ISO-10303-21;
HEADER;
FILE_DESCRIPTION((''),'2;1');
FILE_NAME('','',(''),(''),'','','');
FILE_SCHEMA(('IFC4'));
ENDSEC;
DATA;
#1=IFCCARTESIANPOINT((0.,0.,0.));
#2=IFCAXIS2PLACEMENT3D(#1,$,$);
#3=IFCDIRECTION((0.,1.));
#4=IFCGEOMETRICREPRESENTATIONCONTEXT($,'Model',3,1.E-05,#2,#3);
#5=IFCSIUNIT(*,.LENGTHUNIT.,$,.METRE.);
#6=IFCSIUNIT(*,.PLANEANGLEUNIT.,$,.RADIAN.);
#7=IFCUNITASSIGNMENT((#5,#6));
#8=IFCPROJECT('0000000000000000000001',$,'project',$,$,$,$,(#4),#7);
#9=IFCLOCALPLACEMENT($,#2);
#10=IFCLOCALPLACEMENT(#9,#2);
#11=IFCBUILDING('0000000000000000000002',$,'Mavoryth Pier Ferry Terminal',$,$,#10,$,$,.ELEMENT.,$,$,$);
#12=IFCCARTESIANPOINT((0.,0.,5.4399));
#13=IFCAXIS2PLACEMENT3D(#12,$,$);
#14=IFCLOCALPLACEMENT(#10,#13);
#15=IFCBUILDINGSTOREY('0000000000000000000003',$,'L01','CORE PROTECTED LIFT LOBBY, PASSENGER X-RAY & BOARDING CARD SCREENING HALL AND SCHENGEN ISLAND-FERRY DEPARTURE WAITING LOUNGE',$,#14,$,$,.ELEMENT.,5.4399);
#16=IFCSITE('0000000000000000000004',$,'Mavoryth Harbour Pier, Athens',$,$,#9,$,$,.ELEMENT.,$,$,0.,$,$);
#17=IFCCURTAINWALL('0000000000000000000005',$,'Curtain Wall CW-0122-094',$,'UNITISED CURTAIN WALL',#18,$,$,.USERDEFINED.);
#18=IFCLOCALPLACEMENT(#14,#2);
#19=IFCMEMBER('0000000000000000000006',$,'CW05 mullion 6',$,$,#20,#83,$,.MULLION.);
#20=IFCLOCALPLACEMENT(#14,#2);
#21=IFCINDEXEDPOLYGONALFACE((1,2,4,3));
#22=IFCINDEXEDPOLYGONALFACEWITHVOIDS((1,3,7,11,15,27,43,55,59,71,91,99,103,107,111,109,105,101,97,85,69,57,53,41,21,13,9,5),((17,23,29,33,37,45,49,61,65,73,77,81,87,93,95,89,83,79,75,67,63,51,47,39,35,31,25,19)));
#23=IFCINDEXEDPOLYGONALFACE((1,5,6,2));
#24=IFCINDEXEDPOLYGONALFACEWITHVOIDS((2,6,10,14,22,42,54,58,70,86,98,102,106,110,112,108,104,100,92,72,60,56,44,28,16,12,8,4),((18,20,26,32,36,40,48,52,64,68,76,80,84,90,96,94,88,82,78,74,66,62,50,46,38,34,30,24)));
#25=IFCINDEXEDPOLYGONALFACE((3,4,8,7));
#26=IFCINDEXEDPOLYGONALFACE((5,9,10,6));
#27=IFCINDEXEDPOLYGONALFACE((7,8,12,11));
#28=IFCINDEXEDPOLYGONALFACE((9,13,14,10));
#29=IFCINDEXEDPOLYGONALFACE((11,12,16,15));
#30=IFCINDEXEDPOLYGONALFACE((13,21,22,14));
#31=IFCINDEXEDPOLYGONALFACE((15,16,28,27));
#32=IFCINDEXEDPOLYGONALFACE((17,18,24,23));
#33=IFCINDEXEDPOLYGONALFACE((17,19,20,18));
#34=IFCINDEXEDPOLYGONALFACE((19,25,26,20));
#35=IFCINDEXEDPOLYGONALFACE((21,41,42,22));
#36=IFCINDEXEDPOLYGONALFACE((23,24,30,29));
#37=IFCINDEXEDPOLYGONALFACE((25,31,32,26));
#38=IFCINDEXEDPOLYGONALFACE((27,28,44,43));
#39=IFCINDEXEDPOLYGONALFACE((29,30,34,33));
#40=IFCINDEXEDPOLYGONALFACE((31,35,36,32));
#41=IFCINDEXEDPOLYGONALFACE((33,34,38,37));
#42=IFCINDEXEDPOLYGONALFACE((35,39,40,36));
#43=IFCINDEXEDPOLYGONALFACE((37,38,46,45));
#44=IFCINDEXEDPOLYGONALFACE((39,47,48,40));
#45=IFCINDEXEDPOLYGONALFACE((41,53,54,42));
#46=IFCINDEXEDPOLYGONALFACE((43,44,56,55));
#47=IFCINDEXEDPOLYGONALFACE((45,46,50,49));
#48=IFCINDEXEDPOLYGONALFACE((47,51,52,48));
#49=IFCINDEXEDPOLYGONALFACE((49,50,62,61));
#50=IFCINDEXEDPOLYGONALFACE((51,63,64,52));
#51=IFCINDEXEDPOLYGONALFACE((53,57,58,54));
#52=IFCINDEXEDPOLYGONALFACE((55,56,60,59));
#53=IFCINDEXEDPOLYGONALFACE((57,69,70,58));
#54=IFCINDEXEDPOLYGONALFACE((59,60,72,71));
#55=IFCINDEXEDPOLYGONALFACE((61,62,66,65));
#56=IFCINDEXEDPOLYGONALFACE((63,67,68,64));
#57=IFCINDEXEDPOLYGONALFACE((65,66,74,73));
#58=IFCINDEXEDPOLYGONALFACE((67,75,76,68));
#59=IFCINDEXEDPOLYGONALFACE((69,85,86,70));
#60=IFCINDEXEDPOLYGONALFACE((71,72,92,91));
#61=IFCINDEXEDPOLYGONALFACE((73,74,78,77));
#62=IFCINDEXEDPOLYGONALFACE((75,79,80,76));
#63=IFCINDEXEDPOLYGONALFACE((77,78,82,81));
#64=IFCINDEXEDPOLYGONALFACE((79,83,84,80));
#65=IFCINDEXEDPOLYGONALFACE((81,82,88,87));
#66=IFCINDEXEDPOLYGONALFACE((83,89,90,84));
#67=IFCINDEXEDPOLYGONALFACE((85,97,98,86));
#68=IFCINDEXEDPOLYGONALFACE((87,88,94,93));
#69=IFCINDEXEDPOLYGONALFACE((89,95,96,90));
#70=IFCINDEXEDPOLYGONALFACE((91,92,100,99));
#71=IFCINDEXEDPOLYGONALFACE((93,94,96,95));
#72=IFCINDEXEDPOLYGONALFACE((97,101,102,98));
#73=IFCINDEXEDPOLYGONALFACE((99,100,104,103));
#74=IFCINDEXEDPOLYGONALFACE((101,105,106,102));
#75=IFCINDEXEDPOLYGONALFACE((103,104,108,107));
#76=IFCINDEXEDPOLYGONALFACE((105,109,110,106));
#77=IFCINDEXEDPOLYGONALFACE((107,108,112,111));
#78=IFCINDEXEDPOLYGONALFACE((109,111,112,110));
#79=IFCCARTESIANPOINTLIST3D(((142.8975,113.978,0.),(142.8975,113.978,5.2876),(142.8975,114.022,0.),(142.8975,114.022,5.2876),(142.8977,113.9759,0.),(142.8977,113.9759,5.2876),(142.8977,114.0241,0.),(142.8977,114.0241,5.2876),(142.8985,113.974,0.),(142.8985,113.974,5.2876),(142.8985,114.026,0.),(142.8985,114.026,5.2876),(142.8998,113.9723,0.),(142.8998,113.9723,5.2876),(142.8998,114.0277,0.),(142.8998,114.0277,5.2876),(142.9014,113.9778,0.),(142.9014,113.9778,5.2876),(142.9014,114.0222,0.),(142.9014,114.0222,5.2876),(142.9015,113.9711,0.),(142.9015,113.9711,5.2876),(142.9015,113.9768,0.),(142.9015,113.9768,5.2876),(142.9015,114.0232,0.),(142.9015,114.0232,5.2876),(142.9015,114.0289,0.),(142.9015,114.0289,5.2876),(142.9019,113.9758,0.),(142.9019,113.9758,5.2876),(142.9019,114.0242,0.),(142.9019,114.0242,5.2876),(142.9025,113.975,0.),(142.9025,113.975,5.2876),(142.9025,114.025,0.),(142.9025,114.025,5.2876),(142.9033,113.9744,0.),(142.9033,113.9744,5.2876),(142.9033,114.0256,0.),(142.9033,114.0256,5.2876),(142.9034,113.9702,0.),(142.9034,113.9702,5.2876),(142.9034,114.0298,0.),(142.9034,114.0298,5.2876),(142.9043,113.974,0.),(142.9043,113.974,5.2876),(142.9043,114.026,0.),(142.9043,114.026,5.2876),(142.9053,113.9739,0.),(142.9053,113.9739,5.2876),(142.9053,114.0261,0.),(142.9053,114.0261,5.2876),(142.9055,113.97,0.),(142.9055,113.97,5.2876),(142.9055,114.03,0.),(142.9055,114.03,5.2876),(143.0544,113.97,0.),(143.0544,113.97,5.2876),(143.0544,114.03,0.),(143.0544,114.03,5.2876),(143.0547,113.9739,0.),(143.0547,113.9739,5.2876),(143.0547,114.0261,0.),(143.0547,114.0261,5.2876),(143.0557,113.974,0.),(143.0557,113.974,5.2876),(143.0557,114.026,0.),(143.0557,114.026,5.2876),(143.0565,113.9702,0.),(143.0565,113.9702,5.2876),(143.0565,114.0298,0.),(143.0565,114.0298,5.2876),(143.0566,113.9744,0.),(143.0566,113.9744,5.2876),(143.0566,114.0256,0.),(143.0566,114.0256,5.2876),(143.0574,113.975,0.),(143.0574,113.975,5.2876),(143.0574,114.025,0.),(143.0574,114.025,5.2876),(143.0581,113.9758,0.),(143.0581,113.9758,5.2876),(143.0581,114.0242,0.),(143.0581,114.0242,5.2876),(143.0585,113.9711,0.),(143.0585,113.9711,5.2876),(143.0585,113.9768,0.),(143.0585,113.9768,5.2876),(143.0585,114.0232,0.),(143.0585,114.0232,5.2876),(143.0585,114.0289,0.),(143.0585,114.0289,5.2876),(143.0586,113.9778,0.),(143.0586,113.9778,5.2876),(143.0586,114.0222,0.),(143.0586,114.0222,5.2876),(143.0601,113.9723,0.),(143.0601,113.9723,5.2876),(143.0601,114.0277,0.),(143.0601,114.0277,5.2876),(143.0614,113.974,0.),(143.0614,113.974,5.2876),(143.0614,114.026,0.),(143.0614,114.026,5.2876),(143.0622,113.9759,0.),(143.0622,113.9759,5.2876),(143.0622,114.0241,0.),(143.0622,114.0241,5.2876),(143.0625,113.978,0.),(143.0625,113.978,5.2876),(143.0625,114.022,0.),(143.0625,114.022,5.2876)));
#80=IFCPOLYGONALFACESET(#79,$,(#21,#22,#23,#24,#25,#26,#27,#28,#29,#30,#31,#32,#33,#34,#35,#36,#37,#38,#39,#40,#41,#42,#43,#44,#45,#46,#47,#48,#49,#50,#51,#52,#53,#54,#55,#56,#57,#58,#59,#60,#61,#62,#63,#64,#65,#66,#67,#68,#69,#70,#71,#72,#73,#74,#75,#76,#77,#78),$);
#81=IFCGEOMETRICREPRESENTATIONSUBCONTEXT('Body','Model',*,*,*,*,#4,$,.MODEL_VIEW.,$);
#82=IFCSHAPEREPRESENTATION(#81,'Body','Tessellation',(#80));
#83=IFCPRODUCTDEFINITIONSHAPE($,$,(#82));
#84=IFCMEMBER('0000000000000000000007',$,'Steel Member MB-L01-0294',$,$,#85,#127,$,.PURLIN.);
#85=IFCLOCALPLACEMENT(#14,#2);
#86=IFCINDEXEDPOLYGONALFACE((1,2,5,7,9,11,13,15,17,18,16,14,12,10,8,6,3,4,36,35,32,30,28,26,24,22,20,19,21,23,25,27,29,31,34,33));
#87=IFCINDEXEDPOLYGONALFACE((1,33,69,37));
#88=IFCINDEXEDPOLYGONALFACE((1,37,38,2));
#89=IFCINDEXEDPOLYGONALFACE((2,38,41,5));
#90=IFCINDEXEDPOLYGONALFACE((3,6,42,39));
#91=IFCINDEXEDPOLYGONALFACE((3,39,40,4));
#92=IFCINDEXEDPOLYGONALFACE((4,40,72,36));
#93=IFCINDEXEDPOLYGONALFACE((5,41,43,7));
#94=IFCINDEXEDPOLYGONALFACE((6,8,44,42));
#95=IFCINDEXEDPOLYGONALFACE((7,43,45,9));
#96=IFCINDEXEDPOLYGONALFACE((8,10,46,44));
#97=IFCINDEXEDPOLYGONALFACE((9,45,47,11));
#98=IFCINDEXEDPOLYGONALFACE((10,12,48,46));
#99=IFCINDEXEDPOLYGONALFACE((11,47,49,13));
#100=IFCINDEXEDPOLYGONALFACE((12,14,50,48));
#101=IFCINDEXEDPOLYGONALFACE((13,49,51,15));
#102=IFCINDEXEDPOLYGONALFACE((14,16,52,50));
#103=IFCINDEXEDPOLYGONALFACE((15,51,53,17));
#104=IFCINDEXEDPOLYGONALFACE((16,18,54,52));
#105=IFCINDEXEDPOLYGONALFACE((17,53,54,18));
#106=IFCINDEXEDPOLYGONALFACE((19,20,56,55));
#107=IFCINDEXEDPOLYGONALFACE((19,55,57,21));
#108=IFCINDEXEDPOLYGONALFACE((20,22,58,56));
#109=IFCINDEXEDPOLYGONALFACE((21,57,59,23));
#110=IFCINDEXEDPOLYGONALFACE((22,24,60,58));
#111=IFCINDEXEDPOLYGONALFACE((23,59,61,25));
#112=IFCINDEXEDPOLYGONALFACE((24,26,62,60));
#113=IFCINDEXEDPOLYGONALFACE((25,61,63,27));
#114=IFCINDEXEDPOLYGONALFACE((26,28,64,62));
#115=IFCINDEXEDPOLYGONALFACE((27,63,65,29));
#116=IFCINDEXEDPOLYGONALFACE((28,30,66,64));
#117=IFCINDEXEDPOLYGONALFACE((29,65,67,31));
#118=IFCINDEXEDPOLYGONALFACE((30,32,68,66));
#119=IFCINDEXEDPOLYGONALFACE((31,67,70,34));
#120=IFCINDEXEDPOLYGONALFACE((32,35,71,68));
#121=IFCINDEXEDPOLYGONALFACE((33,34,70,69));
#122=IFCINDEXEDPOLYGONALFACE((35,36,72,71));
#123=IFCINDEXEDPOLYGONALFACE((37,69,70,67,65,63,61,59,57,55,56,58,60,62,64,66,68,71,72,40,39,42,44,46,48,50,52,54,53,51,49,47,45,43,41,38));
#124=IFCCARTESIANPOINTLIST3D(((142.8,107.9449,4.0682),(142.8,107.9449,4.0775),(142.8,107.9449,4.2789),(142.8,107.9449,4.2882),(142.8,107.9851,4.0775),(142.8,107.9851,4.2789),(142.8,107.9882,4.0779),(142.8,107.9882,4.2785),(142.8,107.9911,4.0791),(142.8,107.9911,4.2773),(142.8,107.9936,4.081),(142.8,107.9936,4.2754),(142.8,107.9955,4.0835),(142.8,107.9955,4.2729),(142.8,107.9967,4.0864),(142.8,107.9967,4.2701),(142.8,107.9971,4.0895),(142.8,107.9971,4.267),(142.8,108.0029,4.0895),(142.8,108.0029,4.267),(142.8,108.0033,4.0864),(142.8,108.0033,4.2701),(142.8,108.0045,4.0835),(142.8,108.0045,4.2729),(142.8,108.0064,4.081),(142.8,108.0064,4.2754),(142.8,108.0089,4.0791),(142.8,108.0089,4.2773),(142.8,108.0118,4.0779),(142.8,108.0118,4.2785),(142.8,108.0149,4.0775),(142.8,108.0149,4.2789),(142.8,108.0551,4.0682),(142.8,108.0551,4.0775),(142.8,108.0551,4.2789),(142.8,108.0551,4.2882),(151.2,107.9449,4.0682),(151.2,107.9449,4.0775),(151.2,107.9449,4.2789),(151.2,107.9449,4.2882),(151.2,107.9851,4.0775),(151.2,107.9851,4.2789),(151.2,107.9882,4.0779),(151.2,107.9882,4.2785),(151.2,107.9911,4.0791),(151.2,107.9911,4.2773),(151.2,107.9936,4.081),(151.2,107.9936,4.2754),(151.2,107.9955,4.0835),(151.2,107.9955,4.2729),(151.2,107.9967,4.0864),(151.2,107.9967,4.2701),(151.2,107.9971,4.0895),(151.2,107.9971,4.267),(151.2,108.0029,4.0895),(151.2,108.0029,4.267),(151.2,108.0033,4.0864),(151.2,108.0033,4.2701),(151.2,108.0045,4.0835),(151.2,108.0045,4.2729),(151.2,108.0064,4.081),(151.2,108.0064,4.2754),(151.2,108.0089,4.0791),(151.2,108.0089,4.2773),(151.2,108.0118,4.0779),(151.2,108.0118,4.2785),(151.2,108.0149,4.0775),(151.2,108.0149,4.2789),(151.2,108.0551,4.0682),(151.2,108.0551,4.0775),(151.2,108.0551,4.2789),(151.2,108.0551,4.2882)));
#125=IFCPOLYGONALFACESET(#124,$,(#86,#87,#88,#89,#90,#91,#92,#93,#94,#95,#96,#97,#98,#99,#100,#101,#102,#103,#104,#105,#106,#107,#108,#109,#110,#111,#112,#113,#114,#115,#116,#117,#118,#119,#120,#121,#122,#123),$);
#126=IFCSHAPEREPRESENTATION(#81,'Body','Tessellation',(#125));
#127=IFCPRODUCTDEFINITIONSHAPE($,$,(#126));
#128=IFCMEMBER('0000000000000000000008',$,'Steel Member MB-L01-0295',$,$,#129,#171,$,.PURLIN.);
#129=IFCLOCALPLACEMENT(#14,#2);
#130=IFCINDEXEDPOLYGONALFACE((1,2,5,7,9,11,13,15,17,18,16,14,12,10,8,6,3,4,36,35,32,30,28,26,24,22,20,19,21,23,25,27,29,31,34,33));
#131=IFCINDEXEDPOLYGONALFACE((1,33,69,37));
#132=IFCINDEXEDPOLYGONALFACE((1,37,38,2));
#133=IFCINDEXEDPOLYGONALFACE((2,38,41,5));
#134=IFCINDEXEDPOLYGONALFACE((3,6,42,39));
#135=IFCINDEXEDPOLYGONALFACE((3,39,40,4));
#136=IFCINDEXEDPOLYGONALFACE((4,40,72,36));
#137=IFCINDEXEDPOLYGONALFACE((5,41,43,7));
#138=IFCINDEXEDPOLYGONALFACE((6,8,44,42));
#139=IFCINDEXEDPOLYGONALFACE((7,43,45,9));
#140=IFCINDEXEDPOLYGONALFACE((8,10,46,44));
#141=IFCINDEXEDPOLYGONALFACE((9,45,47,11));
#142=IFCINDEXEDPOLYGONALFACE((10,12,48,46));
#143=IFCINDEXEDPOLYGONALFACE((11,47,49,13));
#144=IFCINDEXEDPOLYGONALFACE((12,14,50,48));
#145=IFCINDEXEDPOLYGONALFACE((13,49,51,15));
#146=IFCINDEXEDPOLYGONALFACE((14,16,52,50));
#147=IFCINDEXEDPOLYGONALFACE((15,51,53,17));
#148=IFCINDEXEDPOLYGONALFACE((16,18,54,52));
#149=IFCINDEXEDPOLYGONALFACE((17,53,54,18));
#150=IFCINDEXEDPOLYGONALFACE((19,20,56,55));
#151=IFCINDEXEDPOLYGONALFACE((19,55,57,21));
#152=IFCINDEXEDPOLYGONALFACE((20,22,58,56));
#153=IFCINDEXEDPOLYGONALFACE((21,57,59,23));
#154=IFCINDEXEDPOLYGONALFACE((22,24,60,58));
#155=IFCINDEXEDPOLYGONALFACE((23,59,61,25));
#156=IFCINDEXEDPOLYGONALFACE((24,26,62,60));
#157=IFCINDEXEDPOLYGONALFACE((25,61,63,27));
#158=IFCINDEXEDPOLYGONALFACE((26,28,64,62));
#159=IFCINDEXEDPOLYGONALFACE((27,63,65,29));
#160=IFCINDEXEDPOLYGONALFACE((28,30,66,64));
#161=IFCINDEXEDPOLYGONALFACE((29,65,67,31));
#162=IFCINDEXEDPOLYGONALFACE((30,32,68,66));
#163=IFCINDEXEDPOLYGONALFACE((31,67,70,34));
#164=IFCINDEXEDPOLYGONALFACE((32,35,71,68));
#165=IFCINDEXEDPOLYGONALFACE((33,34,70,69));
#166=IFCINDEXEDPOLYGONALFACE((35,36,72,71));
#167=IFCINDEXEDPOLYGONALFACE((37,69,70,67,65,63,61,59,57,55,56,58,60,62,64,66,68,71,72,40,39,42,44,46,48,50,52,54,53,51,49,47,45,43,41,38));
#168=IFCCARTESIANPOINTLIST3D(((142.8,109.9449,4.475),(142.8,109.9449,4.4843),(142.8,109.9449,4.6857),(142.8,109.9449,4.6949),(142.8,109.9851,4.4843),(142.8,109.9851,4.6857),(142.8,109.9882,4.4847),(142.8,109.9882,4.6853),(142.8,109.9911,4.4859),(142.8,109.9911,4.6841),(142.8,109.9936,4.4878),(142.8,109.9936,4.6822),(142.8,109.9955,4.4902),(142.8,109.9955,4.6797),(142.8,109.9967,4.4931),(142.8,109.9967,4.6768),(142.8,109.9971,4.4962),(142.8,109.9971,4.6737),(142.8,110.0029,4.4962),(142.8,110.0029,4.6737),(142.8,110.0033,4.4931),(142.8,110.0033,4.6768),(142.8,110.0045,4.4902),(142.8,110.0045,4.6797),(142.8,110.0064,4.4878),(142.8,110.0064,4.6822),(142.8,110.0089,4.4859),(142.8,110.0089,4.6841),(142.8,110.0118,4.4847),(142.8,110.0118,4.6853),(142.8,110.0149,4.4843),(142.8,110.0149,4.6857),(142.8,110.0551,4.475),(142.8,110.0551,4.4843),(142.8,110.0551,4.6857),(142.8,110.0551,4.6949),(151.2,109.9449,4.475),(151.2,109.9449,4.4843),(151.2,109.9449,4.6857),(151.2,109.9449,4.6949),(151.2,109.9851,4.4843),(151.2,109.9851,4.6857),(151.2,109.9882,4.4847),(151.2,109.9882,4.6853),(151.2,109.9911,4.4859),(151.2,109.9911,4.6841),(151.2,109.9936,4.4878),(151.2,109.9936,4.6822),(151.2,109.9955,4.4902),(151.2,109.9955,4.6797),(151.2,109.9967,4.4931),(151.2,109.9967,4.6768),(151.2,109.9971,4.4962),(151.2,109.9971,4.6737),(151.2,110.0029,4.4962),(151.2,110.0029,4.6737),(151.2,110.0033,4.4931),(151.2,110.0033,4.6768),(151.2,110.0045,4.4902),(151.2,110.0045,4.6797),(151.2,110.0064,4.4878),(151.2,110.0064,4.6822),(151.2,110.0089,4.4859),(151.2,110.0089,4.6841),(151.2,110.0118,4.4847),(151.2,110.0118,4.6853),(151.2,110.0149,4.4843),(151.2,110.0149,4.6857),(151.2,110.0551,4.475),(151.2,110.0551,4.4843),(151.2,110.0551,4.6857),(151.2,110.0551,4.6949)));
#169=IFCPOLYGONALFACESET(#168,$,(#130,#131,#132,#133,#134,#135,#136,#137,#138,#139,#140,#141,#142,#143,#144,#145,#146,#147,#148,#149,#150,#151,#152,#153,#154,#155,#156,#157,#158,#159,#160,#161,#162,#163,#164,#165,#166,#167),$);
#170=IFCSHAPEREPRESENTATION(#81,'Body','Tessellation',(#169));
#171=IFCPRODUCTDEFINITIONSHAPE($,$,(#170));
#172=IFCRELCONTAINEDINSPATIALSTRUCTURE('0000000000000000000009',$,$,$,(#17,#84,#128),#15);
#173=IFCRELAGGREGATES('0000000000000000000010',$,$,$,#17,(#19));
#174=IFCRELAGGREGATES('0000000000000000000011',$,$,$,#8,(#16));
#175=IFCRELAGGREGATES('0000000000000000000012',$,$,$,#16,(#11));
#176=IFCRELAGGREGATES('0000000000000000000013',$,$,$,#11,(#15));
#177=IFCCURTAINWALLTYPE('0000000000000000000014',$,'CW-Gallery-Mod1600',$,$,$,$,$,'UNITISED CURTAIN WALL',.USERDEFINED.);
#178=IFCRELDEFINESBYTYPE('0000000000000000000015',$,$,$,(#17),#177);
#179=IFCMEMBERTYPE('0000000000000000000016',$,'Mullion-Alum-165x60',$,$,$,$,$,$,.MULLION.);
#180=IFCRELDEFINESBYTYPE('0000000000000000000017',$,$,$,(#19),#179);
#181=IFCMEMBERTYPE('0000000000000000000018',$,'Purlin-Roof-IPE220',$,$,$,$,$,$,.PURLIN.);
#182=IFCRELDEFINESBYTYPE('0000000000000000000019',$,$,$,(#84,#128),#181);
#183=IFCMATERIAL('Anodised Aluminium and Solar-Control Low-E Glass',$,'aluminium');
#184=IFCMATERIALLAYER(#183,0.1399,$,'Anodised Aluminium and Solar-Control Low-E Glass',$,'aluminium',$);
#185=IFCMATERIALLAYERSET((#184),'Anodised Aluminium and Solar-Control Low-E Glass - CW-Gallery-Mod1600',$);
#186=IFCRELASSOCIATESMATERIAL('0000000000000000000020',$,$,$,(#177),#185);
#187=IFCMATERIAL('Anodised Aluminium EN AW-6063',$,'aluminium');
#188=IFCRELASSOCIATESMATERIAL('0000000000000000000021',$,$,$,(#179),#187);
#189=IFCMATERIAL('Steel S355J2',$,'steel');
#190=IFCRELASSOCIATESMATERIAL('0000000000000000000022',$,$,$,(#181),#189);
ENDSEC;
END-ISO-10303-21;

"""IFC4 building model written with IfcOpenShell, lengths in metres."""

from ifc_helpers import new_model, si_unit, direction, frame, origin, origin_2d, place, context, subcontext, project, spatial, hollow_rectangle, i_section, extrude, material, layer, layer_set, material_profile, profile_set, type_object, element, aggregate, save


model = new_model("IFC4")

# Units and contexts
model_context = context("Model", 3, precision=1e-05, world=origin(), true_north=direction((0.0, 1.0)))
body_context = subcontext(model_context, "Body", "Model", "MODEL_VIEW")
ifc_project = project(units=[si_unit("LENGTHUNIT", "METRE"), si_unit("PLANEANGLEUNIT", "RADIAN")], contexts=[model_context])

# Site, building, storey
site_placement = place(None, origin())
site = spatial("IfcSite", under=ifc_project, at=site_placement, Name="Mavoryth Harbour Pier, Athens", CompositionType="ELEMENT", RefElevation=0.0)
building_placement = place(site_placement, origin())
building = spatial("IfcBuilding", under=site, at=building_placement, Name="Mavoryth Pier Ferry Terminal", CompositionType="ELEMENT")
storey_placement = place(building_placement, frame((0.0, 0.0, 5.4399)))
storey = spatial("IfcBuildingStorey", under=building, at=storey_placement, Name="L01", Description="CORE PROTECTED LIFT LOBBY, PASSENGER X-RAY & BOARDING CARD SCREENING HALL AND SCHENGEN ISLAND-FERRY DEPARTURE WAITING LOUNGE", CompositionType="ELEMENT", Elevation=5.4399)

# Shared definitions
ifc_material_1 = material(Name="Steel S355J2", Category="steel")

# Curtain wall, member
ifc_material_2 = material(Name="Anodised Aluminium and Solar-Control Low-E Glass", Category="aluminium")
ifc_layer_1 = layer(ifc_material_2, 0.1399, Name="Anodised Aluminium and Solar-Control Low-E Glass", Category="aluminium")
ifc_layer_set_1 = layer_set([ifc_layer_1], Name="Anodised Aluminium and Solar-Control Low-E Glass - CW-Gallery-Mod1600")
curtain_wall_type = type_object("IfcCurtainWallType", Name="CW-Gallery-Mod1600", ElementType="UNITISED CURTAIN WALL", PredefinedType="USERDEFINED", material=ifc_layer_set_1)
curtain_wall_placement = place(storey_placement, origin())
curtain_wall = element("IfcCurtainWall", 1, at=curtain_wall_placement, inside=storey, type_object=curtain_wall_type, Name="Curtain Wall CW-0122-094", ObjectType="UNITISED CURTAIN WALL", PredefinedType="USERDEFINED")
ifc_material_3 = material(Name="Anodised Aluminium EN AW-6063", Category="aluminium")
ifc_material_profile_1 = material_profile(ifc_material_3, hollow_rectangle(XDim=0.0601, YDim=0.165, WallThickness=0.0039, InnerFilletRadius=0.0039, OuterFilletRadius=0.0081, at=origin_2d()), Name="AL-MULL 165x60x4", Category="aluminium")
ifc_profile_set_1 = profile_set([ifc_material_profile_1], Name="Anodised Aluminium EN AW-6063 - AL-MULL 165x60x4")
member_type_1 = type_object("IfcMemberType", Name="Mullion-Alum-165x60", PredefinedType="MULLION", material=ifc_profile_set_1)
member_1_placement = place(storey_placement, frame((142.98, 114.0, 0.0), z_axis=(0.0, 0.0, 1.0), x_axis=(0.0, -1.0, 0.0)))
member_1 = element("IfcMember", 2, at=member_1_placement, type_object=member_type_1, Name="CW05 mullion 6", PredefinedType="MULLION", context=body_context, shape_type="SweptSolid", body=[
    extrude(hollow_rectangle(XDim=0.0601, YDim=0.165, WallThickness=0.0039, InnerFilletRadius=0.0039, OuterFilletRadius=0.0081, at=origin_2d()), origin(), (0.0, 0.0, 1.0), 5.2876),
])

# Members
ifc_material_profile_2 = material_profile(ifc_material_1, i_section(OverallWidth=0.1101, OverallDepth=0.22, WebThickness=0.0059, FlangeThickness=0.0093, FilletRadius=0.012, at=origin_2d()), Name="IPE 220", Category="steel")
ifc_profile_set_2 = profile_set([ifc_material_profile_2], Name="Steel S355J2 - IPE 220")
member_type_2 = type_object("IfcMemberType", Name="Purlin-Roof-IPE220", PredefinedType="PURLIN", material=ifc_profile_set_2)
for number, where, z_axis, x_axis, name in (
    (3, (142.8, 108.0, 4.1782), (1.0, 0.0, 0.0), (0.0, 1.0, 0.0), "Steel Member MB-L01-0294"),
    (4, (142.8, 110.0, 4.585), (1.0, 0.0, 0.0), (0.0, 1.0, 0.0), "Steel Member MB-L01-0295"),
):
    element("IfcMember", number, at=place(storey_placement, frame(where, z_axis=z_axis, x_axis=x_axis)), inside=storey, type_object=member_type_2, Name=name, PredefinedType="PURLIN", context=body_context, shape_type="SweptSolid", body=[
        extrude(i_section(OverallWidth=0.1101, OverallDepth=0.22, WebThickness=0.0059, FlangeThickness=0.0093, FilletRadius=0.012, at=origin_2d()), origin(), (0.0, 0.0, 1.0), 8.3999),
    ])

aggregate(curtain_wall, [member_1])

save(model, "model.ifc")
